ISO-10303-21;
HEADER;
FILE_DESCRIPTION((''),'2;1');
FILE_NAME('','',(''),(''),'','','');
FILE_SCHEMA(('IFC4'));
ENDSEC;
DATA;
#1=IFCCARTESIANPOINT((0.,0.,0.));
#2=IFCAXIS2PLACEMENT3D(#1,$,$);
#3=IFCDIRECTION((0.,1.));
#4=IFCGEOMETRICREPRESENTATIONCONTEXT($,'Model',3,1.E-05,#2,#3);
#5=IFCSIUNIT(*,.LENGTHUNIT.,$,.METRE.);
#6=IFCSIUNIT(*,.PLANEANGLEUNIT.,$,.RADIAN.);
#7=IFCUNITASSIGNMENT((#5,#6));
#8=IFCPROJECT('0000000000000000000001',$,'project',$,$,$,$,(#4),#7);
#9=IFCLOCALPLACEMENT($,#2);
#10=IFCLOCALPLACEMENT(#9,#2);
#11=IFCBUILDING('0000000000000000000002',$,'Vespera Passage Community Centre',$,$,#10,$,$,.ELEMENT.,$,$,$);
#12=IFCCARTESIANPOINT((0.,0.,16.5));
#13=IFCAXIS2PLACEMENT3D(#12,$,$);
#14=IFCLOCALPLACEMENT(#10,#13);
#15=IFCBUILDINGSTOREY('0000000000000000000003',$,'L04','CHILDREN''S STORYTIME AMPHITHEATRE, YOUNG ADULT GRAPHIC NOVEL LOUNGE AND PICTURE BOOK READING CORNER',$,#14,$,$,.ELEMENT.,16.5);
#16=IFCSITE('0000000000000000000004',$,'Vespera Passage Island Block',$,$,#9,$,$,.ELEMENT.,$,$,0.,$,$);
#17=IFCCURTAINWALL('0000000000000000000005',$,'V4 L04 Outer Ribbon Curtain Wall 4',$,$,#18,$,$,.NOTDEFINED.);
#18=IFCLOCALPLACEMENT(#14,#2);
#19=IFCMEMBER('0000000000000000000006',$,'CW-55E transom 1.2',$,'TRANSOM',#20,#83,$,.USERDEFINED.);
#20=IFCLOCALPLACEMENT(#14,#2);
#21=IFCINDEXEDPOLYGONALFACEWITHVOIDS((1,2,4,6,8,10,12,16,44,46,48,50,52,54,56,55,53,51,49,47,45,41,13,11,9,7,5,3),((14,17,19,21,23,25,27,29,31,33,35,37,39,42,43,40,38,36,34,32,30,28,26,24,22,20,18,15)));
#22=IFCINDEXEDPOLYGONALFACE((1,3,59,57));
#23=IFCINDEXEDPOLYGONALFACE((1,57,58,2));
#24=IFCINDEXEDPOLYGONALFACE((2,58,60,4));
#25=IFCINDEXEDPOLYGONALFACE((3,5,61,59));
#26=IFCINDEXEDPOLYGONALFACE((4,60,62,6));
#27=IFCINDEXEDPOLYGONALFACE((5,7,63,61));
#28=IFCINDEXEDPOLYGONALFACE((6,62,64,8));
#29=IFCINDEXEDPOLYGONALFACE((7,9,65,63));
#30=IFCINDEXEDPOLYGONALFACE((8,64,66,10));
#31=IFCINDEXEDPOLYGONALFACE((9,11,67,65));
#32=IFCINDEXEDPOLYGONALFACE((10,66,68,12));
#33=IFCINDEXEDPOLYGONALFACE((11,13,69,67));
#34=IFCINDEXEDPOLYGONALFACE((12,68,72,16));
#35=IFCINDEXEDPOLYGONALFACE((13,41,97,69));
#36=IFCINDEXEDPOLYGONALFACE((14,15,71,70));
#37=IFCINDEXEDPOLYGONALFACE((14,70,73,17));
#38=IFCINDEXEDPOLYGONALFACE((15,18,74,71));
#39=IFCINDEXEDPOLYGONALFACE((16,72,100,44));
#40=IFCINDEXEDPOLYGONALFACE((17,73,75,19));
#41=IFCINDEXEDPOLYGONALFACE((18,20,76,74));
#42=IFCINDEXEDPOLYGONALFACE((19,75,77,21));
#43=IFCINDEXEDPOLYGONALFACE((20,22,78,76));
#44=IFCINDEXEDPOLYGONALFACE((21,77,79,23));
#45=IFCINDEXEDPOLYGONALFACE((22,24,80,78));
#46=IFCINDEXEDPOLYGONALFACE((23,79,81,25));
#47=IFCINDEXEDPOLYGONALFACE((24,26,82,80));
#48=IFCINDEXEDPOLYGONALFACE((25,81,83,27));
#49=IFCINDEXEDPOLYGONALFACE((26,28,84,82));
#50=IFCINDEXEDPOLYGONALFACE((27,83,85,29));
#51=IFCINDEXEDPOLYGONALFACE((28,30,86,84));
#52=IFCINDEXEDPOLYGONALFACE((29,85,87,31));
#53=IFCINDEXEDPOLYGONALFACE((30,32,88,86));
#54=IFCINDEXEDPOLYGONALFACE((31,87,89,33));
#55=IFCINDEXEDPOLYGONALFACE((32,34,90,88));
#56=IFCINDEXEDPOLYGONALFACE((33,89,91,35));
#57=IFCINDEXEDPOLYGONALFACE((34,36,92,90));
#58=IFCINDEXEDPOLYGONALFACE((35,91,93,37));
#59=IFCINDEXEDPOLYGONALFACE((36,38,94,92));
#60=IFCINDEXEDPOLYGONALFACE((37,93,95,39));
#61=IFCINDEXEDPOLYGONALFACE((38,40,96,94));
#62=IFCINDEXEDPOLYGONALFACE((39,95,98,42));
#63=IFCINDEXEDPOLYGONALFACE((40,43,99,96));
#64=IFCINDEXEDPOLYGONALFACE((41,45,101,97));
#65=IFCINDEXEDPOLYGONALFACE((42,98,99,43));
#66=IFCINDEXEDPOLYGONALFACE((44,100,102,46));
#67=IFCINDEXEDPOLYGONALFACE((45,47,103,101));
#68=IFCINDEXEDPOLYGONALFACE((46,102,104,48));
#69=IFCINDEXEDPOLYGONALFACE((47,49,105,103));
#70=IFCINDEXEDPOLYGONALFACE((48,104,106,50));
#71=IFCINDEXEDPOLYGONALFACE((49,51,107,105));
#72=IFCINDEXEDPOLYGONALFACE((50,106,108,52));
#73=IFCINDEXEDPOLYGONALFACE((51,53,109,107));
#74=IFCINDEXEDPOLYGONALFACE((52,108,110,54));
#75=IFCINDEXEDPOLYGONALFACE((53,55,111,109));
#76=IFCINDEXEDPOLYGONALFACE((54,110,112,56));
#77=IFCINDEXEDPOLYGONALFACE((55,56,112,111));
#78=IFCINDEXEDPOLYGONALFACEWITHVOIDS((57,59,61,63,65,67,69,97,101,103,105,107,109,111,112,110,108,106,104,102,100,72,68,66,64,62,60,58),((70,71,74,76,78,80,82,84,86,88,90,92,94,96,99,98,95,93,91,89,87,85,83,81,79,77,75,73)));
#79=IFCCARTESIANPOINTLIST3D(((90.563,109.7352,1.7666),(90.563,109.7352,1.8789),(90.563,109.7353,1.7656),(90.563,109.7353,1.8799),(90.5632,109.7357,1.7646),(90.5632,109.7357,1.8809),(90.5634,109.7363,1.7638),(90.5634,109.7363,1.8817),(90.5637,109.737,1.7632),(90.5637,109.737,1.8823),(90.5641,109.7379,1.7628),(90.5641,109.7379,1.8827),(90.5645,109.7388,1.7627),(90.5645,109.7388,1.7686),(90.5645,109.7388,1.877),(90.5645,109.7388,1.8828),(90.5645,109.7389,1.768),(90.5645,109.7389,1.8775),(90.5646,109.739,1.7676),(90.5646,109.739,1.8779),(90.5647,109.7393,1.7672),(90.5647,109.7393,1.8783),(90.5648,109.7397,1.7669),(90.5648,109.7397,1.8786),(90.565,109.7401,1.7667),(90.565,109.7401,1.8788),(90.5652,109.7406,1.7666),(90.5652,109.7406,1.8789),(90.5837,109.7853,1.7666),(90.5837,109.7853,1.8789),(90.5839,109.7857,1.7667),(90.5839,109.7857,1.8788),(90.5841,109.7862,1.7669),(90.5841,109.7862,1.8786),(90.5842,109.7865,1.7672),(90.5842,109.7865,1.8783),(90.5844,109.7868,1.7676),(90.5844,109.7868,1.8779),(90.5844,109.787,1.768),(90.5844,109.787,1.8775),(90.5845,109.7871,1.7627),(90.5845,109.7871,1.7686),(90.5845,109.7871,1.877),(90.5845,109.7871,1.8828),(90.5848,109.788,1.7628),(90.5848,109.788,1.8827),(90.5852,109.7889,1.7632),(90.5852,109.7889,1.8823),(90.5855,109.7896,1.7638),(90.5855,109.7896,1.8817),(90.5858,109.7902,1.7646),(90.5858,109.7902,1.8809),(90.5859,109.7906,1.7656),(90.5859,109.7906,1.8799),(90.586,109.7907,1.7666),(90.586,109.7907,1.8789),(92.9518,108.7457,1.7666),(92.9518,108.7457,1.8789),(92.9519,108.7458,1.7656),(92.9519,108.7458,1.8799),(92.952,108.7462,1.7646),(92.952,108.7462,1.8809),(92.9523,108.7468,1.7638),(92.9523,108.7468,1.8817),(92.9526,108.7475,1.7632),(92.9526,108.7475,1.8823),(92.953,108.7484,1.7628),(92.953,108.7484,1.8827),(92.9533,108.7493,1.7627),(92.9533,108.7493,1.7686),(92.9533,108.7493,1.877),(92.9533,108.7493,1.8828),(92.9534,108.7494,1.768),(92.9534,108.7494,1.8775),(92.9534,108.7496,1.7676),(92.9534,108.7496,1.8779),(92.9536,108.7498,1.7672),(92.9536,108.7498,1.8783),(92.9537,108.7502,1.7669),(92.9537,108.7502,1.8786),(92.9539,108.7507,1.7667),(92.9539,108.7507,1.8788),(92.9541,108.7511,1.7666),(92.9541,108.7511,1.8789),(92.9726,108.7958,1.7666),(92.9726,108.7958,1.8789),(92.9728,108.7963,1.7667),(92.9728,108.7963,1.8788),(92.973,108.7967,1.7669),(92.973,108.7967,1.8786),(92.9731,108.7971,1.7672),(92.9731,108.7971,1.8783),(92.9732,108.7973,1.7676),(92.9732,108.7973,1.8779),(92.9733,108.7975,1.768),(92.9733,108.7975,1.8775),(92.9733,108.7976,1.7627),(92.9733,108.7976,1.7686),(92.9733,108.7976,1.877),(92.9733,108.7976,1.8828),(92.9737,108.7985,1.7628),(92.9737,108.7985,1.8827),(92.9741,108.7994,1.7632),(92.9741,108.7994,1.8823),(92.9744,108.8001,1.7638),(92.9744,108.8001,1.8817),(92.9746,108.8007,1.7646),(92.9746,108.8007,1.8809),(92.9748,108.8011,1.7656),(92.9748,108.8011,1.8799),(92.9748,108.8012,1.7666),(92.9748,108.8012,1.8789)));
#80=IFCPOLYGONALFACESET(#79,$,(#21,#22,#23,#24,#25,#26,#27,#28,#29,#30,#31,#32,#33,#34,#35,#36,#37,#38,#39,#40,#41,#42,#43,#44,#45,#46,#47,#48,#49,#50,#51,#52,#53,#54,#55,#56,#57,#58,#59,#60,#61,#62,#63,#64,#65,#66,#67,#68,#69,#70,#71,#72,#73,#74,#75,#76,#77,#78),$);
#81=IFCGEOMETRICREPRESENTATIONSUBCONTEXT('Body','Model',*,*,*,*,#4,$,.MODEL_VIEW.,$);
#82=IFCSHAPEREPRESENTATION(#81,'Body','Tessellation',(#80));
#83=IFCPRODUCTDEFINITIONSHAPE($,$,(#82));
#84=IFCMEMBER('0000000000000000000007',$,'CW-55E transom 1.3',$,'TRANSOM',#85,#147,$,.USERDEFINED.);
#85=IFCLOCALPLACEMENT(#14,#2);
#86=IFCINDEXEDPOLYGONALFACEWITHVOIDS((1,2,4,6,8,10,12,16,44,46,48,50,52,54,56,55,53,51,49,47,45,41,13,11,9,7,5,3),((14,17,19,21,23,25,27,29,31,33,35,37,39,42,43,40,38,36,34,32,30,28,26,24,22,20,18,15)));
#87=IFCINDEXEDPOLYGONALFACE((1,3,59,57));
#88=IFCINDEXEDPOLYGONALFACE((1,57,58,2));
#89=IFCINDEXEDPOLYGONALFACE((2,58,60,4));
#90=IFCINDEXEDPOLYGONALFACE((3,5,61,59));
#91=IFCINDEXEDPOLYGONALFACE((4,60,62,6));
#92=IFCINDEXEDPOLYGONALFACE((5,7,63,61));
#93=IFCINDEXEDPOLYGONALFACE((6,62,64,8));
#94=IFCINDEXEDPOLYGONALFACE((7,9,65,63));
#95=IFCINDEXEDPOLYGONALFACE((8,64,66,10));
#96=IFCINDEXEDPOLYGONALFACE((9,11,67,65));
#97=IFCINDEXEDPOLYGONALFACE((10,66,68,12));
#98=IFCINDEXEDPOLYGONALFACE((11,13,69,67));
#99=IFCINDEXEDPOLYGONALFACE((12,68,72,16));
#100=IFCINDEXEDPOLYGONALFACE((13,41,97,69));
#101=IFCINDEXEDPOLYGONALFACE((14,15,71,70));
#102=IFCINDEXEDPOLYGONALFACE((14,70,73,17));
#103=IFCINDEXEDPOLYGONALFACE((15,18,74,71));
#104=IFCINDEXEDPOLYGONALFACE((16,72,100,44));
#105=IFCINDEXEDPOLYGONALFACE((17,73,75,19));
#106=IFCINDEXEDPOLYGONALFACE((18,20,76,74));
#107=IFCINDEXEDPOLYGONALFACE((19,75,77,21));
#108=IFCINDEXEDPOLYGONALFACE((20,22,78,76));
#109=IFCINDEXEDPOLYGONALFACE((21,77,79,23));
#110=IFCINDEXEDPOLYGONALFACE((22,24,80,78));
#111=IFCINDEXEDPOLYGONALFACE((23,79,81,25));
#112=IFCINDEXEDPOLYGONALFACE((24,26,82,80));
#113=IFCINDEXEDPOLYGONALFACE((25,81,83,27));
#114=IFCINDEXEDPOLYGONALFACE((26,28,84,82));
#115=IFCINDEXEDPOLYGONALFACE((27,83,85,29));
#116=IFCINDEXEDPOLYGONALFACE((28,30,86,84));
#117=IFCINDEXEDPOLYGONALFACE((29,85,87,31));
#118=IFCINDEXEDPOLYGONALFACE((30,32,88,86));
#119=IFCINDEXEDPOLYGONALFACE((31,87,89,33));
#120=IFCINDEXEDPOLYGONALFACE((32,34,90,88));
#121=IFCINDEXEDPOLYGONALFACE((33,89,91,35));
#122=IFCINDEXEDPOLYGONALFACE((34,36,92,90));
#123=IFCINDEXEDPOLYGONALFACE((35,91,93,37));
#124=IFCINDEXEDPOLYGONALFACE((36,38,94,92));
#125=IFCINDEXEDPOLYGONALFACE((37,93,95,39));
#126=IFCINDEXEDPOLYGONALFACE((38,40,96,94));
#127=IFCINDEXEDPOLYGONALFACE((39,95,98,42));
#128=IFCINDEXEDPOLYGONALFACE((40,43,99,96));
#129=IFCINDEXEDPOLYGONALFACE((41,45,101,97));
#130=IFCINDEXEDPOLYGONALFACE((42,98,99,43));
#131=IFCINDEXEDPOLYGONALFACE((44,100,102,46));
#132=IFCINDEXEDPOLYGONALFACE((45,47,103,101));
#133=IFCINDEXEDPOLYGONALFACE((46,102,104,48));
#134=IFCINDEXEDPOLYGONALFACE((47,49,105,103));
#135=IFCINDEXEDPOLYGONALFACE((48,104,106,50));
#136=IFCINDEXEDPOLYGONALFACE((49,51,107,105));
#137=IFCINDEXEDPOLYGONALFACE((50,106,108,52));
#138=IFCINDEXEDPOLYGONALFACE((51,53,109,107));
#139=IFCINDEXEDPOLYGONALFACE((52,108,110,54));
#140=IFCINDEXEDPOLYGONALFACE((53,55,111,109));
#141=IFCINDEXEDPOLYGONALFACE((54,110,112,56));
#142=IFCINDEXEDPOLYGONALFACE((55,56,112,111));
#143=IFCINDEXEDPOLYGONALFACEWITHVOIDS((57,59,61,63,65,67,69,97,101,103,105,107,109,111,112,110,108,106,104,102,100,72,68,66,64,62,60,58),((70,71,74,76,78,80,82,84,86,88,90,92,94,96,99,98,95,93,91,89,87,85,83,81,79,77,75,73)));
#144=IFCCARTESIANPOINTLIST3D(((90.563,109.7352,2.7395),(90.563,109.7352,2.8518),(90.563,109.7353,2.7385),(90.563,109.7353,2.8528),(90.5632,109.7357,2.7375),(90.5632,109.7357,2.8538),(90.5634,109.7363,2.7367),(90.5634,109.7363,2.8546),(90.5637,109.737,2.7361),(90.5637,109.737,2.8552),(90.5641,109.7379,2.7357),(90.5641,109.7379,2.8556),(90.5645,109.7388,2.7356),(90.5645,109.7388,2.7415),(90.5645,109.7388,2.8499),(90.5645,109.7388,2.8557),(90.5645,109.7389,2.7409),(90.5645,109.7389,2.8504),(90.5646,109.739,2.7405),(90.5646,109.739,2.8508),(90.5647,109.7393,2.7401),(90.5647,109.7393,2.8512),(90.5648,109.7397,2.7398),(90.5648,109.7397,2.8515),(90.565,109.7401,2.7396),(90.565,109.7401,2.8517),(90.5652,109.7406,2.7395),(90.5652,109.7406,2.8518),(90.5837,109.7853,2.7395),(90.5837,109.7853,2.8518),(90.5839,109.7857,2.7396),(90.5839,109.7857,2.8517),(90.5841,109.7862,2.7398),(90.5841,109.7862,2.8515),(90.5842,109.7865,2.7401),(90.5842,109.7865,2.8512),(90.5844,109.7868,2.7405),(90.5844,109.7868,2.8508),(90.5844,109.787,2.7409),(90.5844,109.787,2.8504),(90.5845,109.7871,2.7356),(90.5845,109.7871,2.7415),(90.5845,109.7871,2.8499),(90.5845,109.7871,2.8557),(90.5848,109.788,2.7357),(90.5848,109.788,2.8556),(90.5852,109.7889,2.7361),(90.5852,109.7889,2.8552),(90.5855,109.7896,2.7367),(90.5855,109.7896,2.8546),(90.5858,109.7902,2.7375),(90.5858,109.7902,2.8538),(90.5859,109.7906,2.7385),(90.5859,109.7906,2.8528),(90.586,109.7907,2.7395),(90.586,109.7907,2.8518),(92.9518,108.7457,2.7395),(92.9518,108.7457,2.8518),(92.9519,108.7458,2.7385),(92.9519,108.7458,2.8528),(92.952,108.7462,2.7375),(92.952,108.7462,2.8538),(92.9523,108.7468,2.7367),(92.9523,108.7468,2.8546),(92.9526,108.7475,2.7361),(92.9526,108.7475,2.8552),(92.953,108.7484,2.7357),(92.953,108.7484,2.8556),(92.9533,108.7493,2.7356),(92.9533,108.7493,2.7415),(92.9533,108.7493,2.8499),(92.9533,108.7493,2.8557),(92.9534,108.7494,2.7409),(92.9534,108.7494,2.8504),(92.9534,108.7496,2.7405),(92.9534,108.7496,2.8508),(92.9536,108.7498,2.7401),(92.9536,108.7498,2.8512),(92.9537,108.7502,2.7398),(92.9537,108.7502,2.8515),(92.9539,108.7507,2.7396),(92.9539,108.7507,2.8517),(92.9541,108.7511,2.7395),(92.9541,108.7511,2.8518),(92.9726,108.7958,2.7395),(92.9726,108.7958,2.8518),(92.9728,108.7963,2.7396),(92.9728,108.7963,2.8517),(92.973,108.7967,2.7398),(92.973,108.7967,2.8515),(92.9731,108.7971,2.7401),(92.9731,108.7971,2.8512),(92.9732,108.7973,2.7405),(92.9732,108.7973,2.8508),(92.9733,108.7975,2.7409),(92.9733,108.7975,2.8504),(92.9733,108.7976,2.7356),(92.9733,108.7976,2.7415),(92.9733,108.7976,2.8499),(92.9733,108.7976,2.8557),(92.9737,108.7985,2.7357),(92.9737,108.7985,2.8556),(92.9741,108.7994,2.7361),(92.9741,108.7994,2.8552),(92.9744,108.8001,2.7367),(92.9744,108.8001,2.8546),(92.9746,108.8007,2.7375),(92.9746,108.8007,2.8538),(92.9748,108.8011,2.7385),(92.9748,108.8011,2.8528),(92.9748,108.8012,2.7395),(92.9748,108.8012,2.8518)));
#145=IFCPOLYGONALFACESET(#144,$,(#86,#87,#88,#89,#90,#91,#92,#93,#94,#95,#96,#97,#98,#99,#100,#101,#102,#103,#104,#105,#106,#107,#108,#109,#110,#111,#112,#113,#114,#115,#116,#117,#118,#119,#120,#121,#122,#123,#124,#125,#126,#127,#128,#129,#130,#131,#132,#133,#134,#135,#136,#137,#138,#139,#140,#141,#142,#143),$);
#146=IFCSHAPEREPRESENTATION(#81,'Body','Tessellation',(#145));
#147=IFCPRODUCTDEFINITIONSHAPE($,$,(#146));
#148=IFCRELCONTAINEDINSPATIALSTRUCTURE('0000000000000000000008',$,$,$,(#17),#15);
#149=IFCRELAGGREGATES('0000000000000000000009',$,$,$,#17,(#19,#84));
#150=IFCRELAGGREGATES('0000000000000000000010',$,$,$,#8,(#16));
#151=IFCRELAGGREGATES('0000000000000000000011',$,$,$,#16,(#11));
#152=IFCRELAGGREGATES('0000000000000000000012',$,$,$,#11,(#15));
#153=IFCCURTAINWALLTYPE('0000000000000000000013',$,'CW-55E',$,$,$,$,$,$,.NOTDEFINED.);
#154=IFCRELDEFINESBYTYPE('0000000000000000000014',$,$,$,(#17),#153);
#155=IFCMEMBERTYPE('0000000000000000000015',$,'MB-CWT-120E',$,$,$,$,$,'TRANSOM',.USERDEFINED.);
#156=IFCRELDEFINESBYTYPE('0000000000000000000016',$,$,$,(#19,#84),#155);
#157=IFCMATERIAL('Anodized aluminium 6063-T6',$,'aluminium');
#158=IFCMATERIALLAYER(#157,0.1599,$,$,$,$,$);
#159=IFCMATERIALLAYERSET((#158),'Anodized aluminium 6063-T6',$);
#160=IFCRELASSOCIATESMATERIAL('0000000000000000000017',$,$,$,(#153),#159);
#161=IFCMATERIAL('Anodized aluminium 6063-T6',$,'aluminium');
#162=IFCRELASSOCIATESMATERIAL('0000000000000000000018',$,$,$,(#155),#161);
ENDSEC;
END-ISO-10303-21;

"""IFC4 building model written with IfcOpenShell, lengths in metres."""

from ifc_helpers import new_model, si_unit, direction, frame, origin, origin_2d, place, context, subcontext, project, spatial, hollow_rectangle, extrude, material, layer, layer_set, material_profile, profile_set, type_object, element, aggregate, save


model = new_model("IFC4")

# Units and contexts
model_context = context("Model", 3, precision=1e-05, world=origin(), true_north=direction((0.0, 1.0)))
body_context = subcontext(model_context, "Body", "Model", "MODEL_VIEW")
ifc_project = project(units=[si_unit("LENGTHUNIT", "METRE"), si_unit("PLANEANGLEUNIT", "RADIAN")], contexts=[model_context])

# Site, building, storey
site_placement = place(None, origin())
site = spatial("IfcSite", under=ifc_project, at=site_placement, Name="Vespera Passage Island Block", CompositionType="ELEMENT", RefElevation=0.0)
building_placement = place(site_placement, origin())
building = spatial("IfcBuilding", under=site, at=building_placement, Name="Vespera Passage Community Centre", CompositionType="ELEMENT")
storey_placement = place(building_placement, frame((0.0, 0.0, 16.5)))
storey = spatial("IfcBuildingStorey", under=building, at=storey_placement, Name="L04", Description="CHILDREN'S STORYTIME AMPHITHEATRE, YOUNG ADULT GRAPHIC NOVEL LOUNGE AND PICTURE BOOK READING CORNER", CompositionType="ELEMENT", Elevation=16.5)

# Curtain wall
ifc_material_1 = material(Name="Anodized aluminium 6063-T6", Category="aluminium")
ifc_layer_1 = layer(ifc_material_1, 0.1599)
ifc_layer_set_1 = layer_set([ifc_layer_1], Name="Anodized aluminium 6063-T6")
curtain_wall_type_1 = type_object("IfcCurtainWallType", Name="CW-55E", PredefinedType="NOTDEFINED", material=ifc_layer_set_1)
curtain_wall_1_placement = place(storey_placement, origin())
curtain_wall_1 = element("IfcCurtainWall", 1, at=curtain_wall_1_placement, inside=storey, type_object=curtain_wall_type_1, Name="V4 L04 Outer Ribbon Curtain Wall 4", PredefinedType="NOTDEFINED")

# Members
ifc_material_2 = material(Name="Anodized aluminium 6063-T6", Category="aluminium")
ifc_material_profile_1 = material_profile(ifc_material_2, hollow_rectangle(XDim=0.0601, YDim=0.1201, WallThickness=0.0039, InnerFilletRadius=0.002, OuterFilletRadius=0.0039, at=origin_2d()), Name="ALU120X60X4")
ifc_profile_set_1 = profile_set([ifc_material_profile_1], Name="Anodized aluminium 6063-T6")
member_type_1 = type_object("IfcMemberType", Name="MB-CWT-120E", ElementType="TRANSOM", PredefinedType="USERDEFINED", material=ifc_profile_set_1)
member_1_placement = place(storey_placement, frame((90.5745, 109.7629, 1.8228), z_axis=(0.923882, -0.382677, 0.0), x_axis=(0.382677, 0.923882, 0.0)))
member_1 = element("IfcMember", 2, at=member_1_placement, type_object=member_type_1, Name="CW-55E transom 1.2", ObjectType="TRANSOM", PredefinedType="USERDEFINED", context=body_context, shape_type="SweptSolid", body=[
    extrude(hollow_rectangle(XDim=0.0601, YDim=0.1201, WallThickness=0.0039, InnerFilletRadius=0.002, OuterFilletRadius=0.0039, at=origin_2d()), origin(), (0.0, 0.0, 1.0), 2.5857),
])
member_2_placement = place(storey_placement, frame((90.5745, 109.7629, 2.7957), z_axis=(0.923882, -0.382677, 0.0), x_axis=(0.382677, 0.923882, 0.0)))
member_2 = element("IfcMember", 3, at=member_2_placement, type_object=member_type_1, Name="CW-55E transom 1.3", ObjectType="TRANSOM", PredefinedType="USERDEFINED", context=body_context, shape_type="SweptSolid", body=[
    extrude(hollow_rectangle(XDim=0.0601, YDim=0.1201, WallThickness=0.0039, InnerFilletRadius=0.002, OuterFilletRadius=0.0039, at=origin_2d()), origin(), (0.0, 0.0, 1.0), 2.5857),
])

aggregate(curtain_wall_1, [member_1, member_2])

save(model, "model.ifc")
